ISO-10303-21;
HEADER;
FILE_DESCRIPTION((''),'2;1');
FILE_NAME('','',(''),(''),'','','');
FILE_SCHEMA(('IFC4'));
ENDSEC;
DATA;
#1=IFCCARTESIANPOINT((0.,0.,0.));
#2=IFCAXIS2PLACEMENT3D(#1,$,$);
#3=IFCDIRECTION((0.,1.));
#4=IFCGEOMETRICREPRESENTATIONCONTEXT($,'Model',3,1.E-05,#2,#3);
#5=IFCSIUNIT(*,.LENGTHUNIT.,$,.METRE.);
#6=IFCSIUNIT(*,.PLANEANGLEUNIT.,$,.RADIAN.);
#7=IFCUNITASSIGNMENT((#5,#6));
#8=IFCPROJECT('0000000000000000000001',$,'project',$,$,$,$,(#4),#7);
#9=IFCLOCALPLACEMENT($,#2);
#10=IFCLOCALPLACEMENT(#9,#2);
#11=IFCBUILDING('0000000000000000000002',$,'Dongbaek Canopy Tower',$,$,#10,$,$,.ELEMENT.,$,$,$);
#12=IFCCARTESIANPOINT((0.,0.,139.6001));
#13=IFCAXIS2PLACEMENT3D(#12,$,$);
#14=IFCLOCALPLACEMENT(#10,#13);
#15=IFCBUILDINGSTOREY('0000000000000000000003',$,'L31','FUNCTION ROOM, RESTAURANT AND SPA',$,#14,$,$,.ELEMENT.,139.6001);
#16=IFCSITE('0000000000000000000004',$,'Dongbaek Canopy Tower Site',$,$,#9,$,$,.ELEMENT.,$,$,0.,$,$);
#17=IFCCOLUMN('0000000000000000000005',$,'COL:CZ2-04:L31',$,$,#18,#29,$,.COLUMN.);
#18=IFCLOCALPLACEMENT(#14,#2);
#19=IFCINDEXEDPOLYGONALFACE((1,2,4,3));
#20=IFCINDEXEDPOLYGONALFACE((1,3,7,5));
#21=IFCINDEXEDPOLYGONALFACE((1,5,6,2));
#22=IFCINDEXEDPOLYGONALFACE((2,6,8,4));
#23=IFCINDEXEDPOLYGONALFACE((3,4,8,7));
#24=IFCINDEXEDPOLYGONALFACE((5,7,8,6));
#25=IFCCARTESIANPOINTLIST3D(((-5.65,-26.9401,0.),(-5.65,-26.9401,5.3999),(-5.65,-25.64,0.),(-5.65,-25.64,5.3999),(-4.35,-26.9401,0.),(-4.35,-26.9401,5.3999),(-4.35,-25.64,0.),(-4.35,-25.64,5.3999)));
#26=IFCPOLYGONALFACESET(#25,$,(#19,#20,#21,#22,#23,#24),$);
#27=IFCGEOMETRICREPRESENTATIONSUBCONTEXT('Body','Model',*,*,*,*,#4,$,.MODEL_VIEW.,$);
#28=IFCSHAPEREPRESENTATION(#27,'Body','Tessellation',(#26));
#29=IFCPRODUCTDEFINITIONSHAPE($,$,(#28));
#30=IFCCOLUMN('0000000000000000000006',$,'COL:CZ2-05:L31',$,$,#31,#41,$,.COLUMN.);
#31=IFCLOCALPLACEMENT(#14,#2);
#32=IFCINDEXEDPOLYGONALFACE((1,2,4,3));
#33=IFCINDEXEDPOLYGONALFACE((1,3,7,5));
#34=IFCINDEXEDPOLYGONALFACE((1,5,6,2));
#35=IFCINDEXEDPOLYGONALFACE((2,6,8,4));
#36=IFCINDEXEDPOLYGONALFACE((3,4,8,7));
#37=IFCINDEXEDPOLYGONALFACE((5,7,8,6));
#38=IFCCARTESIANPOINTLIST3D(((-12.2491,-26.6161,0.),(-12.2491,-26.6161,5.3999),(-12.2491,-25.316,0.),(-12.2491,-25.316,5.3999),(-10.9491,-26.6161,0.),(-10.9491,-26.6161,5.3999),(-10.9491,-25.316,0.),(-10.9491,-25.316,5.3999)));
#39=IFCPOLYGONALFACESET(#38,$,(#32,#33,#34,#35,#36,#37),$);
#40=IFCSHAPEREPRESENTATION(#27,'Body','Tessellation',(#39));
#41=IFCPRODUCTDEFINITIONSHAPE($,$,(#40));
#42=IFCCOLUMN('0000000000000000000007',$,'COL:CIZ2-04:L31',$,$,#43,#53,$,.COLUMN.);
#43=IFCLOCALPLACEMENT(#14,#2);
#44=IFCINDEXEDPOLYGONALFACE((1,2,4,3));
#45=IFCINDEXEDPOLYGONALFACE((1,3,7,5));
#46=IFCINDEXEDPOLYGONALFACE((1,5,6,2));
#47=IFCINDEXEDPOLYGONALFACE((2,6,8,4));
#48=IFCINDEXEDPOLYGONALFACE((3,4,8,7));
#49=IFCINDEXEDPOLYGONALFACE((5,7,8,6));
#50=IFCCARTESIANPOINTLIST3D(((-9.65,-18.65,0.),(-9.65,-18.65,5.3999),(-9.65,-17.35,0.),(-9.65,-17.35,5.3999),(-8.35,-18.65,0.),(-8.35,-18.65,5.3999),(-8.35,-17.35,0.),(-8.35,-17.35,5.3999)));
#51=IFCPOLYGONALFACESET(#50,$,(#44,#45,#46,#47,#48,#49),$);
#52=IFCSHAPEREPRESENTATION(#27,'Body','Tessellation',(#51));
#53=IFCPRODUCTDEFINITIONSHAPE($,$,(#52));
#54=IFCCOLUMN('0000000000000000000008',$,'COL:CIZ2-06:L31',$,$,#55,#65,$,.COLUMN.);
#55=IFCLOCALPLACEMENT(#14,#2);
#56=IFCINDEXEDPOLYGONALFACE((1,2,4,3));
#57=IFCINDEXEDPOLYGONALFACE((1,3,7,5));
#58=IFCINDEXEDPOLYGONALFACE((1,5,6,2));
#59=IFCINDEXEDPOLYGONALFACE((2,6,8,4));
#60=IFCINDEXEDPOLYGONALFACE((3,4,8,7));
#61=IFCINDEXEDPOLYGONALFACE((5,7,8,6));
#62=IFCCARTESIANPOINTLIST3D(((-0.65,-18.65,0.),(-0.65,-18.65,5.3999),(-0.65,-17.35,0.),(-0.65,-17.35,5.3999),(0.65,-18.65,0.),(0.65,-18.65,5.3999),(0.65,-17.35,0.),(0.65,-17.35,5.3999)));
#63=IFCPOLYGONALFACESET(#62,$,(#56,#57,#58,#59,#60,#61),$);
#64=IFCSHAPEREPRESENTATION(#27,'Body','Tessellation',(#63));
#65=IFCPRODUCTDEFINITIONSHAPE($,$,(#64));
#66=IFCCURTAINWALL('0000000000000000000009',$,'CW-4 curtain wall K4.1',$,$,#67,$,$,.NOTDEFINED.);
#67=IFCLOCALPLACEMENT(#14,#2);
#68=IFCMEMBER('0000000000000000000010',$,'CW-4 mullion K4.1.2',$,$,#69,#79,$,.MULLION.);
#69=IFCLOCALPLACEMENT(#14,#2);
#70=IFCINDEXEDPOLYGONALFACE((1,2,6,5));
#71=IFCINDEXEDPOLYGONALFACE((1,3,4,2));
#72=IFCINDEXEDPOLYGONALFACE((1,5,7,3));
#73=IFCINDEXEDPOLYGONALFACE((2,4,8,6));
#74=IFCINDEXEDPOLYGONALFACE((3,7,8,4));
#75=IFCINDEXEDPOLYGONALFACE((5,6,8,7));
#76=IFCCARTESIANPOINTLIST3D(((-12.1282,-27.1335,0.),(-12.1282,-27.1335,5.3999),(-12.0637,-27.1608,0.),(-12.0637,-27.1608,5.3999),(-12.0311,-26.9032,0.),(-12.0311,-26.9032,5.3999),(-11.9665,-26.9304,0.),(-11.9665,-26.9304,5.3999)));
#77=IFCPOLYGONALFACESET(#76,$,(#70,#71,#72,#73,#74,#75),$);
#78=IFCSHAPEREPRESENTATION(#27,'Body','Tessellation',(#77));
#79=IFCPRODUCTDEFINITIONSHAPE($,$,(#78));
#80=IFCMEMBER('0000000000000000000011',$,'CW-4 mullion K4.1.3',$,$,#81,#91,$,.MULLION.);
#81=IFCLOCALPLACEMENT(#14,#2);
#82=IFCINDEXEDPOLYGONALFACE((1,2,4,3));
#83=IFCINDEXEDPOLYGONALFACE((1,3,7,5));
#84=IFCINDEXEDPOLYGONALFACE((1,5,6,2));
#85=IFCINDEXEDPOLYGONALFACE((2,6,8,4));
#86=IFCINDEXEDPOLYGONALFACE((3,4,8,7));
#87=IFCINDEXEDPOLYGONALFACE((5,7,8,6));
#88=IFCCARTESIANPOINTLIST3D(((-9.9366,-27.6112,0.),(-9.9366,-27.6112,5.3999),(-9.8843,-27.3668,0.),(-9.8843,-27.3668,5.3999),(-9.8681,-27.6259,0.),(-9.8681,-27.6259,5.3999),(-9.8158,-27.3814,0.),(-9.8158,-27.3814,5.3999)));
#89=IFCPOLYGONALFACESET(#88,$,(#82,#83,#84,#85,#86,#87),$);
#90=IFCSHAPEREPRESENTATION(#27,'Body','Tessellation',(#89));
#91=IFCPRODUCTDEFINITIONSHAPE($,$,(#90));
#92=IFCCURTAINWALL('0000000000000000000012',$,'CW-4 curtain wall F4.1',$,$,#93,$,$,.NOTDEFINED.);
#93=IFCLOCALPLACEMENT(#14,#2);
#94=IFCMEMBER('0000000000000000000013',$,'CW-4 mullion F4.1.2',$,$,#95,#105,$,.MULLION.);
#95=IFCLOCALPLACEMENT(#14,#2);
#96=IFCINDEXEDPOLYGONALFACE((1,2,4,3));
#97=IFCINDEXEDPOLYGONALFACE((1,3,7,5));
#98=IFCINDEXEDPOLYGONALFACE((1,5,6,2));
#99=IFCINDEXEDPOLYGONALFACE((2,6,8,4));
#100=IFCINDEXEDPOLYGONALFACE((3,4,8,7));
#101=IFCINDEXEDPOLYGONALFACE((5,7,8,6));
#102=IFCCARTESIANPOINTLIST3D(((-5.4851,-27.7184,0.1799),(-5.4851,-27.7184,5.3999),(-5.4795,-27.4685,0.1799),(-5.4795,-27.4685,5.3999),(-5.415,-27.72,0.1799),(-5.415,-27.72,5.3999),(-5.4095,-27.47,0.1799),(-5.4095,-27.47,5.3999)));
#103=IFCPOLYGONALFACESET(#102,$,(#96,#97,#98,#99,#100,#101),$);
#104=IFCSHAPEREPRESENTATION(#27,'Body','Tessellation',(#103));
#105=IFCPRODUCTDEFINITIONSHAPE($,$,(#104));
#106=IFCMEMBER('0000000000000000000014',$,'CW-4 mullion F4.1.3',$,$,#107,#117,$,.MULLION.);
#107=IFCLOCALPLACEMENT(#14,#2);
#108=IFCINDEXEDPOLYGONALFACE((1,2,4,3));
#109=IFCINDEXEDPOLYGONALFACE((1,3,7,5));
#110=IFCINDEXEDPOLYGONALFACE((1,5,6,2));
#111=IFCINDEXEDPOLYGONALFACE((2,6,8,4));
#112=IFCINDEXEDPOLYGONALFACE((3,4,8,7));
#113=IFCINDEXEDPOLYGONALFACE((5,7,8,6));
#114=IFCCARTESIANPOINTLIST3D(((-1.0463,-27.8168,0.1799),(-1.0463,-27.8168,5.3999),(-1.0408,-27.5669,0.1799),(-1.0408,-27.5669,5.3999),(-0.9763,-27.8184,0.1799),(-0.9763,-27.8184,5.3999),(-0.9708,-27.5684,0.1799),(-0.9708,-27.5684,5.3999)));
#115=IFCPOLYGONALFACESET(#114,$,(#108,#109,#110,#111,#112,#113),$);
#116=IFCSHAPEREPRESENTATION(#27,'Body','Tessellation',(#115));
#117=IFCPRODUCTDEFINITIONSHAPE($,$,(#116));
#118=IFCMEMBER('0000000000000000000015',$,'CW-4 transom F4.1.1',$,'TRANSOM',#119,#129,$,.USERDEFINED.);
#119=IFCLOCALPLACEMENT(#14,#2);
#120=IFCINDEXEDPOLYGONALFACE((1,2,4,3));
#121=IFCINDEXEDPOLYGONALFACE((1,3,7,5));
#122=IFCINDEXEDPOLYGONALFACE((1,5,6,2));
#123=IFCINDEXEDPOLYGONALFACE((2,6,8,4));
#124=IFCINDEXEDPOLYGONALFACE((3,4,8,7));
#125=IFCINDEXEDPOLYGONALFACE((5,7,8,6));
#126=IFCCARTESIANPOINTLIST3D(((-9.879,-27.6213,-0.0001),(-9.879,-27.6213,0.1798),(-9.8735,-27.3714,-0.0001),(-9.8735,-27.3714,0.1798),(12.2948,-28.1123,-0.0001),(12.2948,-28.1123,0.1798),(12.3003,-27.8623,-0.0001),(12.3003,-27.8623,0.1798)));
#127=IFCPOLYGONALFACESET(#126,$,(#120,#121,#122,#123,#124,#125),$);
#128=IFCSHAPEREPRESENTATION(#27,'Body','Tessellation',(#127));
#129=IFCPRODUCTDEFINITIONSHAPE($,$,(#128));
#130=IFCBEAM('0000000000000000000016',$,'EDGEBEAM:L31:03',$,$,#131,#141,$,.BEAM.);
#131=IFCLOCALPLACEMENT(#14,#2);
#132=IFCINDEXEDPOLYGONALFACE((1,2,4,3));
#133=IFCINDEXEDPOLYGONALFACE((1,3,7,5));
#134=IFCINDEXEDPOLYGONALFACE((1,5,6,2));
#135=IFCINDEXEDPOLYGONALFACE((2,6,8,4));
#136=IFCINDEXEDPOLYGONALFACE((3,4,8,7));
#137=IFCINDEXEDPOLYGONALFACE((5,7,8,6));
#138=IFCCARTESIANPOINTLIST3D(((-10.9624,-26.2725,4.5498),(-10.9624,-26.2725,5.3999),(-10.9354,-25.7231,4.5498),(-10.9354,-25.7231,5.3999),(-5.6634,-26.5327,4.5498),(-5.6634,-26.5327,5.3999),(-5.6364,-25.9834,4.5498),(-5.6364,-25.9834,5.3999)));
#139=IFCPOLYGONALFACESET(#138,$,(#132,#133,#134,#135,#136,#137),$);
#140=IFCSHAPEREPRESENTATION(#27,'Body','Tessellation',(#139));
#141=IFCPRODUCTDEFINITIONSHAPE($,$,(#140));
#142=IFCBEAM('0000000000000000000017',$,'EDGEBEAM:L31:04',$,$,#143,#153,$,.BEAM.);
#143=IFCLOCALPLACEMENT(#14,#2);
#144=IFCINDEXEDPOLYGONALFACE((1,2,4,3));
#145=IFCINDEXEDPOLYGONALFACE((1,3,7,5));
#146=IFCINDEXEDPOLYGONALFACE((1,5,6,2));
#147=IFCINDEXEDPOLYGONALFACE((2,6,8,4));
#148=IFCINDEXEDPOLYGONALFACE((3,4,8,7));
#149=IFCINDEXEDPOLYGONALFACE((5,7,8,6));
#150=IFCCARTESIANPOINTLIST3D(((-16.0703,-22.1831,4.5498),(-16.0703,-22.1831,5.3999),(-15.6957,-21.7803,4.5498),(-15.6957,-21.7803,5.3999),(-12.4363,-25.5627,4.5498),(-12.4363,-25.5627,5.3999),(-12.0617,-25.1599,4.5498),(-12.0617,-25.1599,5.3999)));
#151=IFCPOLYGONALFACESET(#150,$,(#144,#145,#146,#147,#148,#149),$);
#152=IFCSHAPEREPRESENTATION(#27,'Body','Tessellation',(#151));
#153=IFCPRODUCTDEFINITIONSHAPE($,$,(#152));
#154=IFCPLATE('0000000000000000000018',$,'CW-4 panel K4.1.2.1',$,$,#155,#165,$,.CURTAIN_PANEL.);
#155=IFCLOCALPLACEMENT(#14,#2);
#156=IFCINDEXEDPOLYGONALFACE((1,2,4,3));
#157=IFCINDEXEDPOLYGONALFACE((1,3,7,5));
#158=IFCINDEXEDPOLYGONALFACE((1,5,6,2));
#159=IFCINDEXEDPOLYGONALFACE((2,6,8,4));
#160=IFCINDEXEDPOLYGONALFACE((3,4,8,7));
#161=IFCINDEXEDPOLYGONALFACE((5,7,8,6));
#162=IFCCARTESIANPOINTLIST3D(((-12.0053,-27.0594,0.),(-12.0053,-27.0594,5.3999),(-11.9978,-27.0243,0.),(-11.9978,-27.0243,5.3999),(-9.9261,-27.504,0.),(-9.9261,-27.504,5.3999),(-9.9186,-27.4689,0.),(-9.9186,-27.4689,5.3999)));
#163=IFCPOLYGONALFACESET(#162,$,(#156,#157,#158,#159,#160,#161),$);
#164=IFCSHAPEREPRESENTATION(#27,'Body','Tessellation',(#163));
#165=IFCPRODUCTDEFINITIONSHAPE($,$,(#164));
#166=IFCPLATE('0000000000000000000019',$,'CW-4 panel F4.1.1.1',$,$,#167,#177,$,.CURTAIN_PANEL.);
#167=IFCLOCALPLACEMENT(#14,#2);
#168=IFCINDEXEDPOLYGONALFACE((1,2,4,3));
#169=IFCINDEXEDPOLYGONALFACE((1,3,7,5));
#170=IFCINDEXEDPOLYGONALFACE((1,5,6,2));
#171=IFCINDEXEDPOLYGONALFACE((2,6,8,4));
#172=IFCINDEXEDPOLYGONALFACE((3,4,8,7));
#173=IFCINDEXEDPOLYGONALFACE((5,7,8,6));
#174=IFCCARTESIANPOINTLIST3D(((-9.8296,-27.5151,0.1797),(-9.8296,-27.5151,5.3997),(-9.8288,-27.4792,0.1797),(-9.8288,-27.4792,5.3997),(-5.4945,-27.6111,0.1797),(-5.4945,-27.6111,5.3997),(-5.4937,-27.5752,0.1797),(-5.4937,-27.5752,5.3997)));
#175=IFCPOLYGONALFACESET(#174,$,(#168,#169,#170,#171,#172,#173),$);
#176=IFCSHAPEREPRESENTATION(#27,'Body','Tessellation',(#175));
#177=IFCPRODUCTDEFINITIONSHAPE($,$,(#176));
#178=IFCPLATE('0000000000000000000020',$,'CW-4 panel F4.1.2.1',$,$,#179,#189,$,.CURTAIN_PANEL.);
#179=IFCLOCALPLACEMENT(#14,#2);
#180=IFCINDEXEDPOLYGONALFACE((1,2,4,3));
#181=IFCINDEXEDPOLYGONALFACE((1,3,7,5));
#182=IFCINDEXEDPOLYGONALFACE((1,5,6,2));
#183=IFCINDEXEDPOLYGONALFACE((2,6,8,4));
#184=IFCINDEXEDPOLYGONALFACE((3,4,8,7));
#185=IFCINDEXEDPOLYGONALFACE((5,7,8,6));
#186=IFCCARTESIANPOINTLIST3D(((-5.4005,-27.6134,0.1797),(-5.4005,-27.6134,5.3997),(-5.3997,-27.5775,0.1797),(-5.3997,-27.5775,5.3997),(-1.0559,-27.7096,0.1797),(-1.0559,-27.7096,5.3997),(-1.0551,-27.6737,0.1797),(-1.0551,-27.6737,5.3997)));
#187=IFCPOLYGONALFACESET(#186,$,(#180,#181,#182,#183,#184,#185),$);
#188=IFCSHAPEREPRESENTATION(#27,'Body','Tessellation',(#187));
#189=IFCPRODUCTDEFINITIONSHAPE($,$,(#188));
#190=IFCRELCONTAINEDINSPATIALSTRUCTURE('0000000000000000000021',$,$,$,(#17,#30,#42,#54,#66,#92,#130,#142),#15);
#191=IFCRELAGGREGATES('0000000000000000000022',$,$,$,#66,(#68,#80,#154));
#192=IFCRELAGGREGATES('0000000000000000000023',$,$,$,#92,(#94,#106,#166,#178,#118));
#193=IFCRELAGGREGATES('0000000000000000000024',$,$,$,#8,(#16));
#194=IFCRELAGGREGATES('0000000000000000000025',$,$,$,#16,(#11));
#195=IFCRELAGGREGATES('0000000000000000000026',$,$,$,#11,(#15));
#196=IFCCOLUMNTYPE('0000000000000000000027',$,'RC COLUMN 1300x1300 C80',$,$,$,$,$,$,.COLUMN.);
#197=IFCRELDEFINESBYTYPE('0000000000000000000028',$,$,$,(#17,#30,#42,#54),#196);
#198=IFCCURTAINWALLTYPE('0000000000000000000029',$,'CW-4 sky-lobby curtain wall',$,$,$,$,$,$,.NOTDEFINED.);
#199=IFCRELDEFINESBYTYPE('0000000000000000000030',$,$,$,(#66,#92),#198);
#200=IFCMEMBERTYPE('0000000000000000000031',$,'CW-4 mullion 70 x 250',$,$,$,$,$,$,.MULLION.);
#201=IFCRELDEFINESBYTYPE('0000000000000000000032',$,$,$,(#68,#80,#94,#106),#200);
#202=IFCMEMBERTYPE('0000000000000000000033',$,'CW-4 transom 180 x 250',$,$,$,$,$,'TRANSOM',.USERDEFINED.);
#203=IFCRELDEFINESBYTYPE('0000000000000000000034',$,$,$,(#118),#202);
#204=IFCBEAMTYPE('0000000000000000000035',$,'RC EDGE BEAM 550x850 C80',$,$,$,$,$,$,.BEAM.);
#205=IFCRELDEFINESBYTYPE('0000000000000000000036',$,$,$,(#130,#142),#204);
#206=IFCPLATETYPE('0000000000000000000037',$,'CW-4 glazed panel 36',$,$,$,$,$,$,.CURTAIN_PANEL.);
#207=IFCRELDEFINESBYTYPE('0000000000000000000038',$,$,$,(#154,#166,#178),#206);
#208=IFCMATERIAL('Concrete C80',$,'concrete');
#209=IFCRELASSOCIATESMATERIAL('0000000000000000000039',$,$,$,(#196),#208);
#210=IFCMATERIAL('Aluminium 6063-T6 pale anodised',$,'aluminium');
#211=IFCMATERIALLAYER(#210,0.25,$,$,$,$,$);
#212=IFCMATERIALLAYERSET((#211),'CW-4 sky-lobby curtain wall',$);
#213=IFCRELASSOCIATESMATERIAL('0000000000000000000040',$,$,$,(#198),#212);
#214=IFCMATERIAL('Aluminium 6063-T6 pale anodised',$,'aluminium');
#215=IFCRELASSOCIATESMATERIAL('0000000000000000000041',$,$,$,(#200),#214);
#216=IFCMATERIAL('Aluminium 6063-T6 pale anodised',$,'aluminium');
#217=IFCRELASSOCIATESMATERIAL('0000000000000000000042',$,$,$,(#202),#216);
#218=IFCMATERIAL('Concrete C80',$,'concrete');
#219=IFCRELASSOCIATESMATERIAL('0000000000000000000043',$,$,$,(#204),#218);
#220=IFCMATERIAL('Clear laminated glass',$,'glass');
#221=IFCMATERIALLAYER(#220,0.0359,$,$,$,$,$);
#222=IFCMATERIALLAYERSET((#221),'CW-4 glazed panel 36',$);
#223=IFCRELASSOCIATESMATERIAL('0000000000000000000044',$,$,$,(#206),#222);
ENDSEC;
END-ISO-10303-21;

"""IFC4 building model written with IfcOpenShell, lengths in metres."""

from ifc_helpers import new_model, si_unit, direction, frame, origin, origin_2d, place, context, subcontext, project, spatial, rectangle, extrude, material, layer, layer_set, material_profile, profile_set, type_object, element, aggregate, save


model = new_model("IFC4")

# Units and contexts
model_context = context("Model", 3, precision=1e-05, world=origin(), true_north=direction((0.0, 1.0)))
body_context = subcontext(model_context, "Body", "Model", "MODEL_VIEW")
ifc_project = project(units=[si_unit("LENGTHUNIT", "METRE"), si_unit("PLANEANGLEUNIT", "RADIAN")], contexts=[model_context])

# Site, building, storey
site_placement = place(None, origin())
site = spatial("IfcSite", under=ifc_project, at=site_placement, Name="Dongbaek Canopy Tower Site", CompositionType="ELEMENT", RefElevation=0.0)
building_placement = place(site_placement, origin())
building = spatial("IfcBuilding", under=site, at=building_placement, Name="Dongbaek Canopy Tower", CompositionType="ELEMENT")
storey_placement = place(building_placement, frame((0.0, 0.0, 139.6001)))
storey = spatial("IfcBuildingStorey", under=building, at=storey_placement, Name="L31", Description="FUNCTION ROOM, RESTAURANT AND SPA", CompositionType="ELEMENT", Elevation=139.6001)

# Columns
ifc_material_1 = material(Name="Concrete C80", Category="concrete")
ifc_material_profile_1 = material_profile(ifc_material_1, rectangle(XDim=1.3, YDim=1.3, at=origin_2d()), Name="RC COLUMN 1300x1300 C80")
ifc_profile_set_1 = profile_set([ifc_material_profile_1], Name="Concrete C80")
column_type = type_object("IfcColumnType", Name="RC COLUMN 1300x1300 C80", PredefinedType="COLUMN", material=ifc_profile_set_1)
for number, where, z_axis, x_axis, name in (
    (1, (-5.0, -26.29, 0.0), (0.0, 0.0, 1.0), (1.0, 0.0, 0.0), "COL:CZ2-04:L31"),
    (2, (-11.5991, -25.9661, 0.0), (0.0, 0.0, 1.0), (1.0, 0.0, 0.0), "COL:CZ2-05:L31"),
    (3, (-9.0, -18.0, 0.0), (0.0, 0.0, 1.0), (1.0, 0.0, 0.0), "COL:CIZ2-04:L31"),
    (4, (0.0, -18.0, 0.0), (0.0, 0.0, 1.0), (1.0, 0.0, 0.0), "COL:CIZ2-06:L31"),
):
    element("IfcColumn", number, at=place(storey_placement, frame(where, z_axis=z_axis, x_axis=x_axis)), inside=storey, type_object=column_type, Name=name, PredefinedType="COLUMN", context=body_context, shape_type="SweptSolid", body=[
        extrude(rectangle(XDim=1.3, YDim=1.3, at=origin_2d()), origin(), (0.0, 0.0, 1.0), 5.3999),
    ])

# Curtain walls, members
ifc_material_2 = material(Name="Aluminium 6063-T6 pale anodised", Category="aluminium")
ifc_layer_1 = layer(ifc_material_2, 0.25)
ifc_layer_set_1 = layer_set([ifc_layer_1], Name="CW-4 sky-lobby curtain wall")
curtain_wall_type = type_object("IfcCurtainWallType", Name="CW-4 sky-lobby curtain wall", PredefinedType="NOTDEFINED", material=ifc_layer_set_1)
curtain_wall_1_placement = place(storey_placement, origin())
curtain_wall_1 = element("IfcCurtainWall", 5, at=curtain_wall_1_placement, inside=storey, type_object=curtain_wall_type, Name="CW-4 curtain wall K4.1", PredefinedType="NOTDEFINED")
ifc_material_3 = material(Name="Aluminium 6063-T6 pale anodised", Category="aluminium")
ifc_material_profile_2 = material_profile(ifc_material_3, rectangle(XDim=0.25, YDim=0.0701, at=origin_2d()), Name="CW-4 mullion 70 x 250")
ifc_profile_set_2 = profile_set([ifc_material_profile_2], Name="Aluminium 6063-T6 pale anodised")
member_type_1 = type_object("IfcMemberType", Name="CW-4 mullion 70 x 250", PredefinedType="MULLION", material=ifc_profile_set_2)
member_1_placement = place(storey_placement, frame((-12.0474, -27.032, 0.0), z_axis=(0.0, 0.0, 1.0), x_axis=(-0.388641, -0.921389, 0.0)))
member_1 = element("IfcMember", 6, at=member_1_placement, type_object=member_type_1, Name="CW-4 mullion K4.1.2", PredefinedType="MULLION", context=body_context, shape_type="SweptSolid", body=[
    extrude(rectangle(XDim=0.25, YDim=0.0701, at=origin_2d()), origin(), (0.0, 0.0, 1.0), 5.3999),
])
member_2_placement = place(storey_placement, frame((-9.8762, -27.4963, 0.0), z_axis=(0.0, 0.0, 1.0), x_axis=(-0.209096, -0.977895, 0.0)))
member_2 = element("IfcMember", 7, at=member_2_placement, type_object=member_type_1, Name="CW-4 mullion K4.1.3", PredefinedType="MULLION", context=body_context, shape_type="SweptSolid", body=[
    extrude(rectangle(XDim=0.25, YDim=0.0701, at=origin_2d()), origin(), (0.0, 0.0, 1.0), 5.3999),
])
curtain_wall_2_placement = place(storey_placement, origin())
curtain_wall_2 = element("IfcCurtainWall", 8, at=curtain_wall_2_placement, inside=storey, type_object=curtain_wall_type, Name="CW-4 curtain wall F4.1", PredefinedType="NOTDEFINED")
member_3_placement = place(storey_placement, frame((-5.4473, -27.5942, 0.1799), z_axis=(0.0, 0.0, 1.0), x_axis=(-0.022142, -0.999755, 0.0)))
member_3 = element("IfcMember", 9, at=member_3_placement, type_object=member_type_1, Name="CW-4 mullion F4.1.2", PredefinedType="MULLION", context=body_context, shape_type="SweptSolid", body=[
    extrude(rectangle(XDim=0.25, YDim=0.0701, at=origin_2d()), origin(), (0.0, 0.0, 1.0), 5.22),
])
member_4_placement = place(storey_placement, frame((-1.0085, -27.6926, 0.1799), z_axis=(0.0, 0.0, 1.0), x_axis=(-0.022142, -0.999755, 0.0)))
member_4 = element("IfcMember", 10, at=member_4_placement, type_object=member_type_1, Name="CW-4 mullion F4.1.3", PredefinedType="MULLION", context=body_context, shape_type="SweptSolid", body=[
    extrude(rectangle(XDim=0.25, YDim=0.0701, at=origin_2d()), origin(), (0.0, 0.0, 1.0), 5.22),
])
ifc_material_4 = material(Name="Aluminium 6063-T6 pale anodised", Category="aluminium")
ifc_material_profile_3 = material_profile(ifc_material_4, rectangle(XDim=0.25, YDim=0.1799, at=origin_2d()), Name="CW-4 transom 180 x 250")
ifc_profile_set_3 = profile_set([ifc_material_profile_3], Name="Aluminium 6063-T6 pale anodised")
member_type_2 = type_object("IfcMemberType", Name="CW-4 transom 180 x 250", ElementType="TRANSOM", PredefinedType="USERDEFINED", material=ifc_profile_set_3)
member_5_placement = place(storey_placement, frame((-9.8762, -27.4963, 0.0898), z_axis=(0.999755, -0.022136, 0.0), x_axis=(0.022136, 0.999755, 0.0)))
member_5 = element("IfcMember", 11, at=member_5_placement, type_object=member_type_2, Name="CW-4 transom F4.1.1", ObjectType="TRANSOM", PredefinedType="USERDEFINED", context=body_context, shape_type="SweptSolid", body=[
    extrude(rectangle(XDim=0.25, YDim=0.1799, at=origin_2d()), origin(), (0.0, 0.0, 1.0), 22.1792),
])

# Beams
ifc_material_5 = material(Name="Concrete C80", Category="concrete")
ifc_material_profile_4 = material_profile(ifc_material_5, rectangle(XDim=0.55, YDim=0.8501, at=origin_2d()), Name="RC EDGE BEAM 550x850 C80")
ifc_profile_set_4 = profile_set([ifc_material_profile_4], Name="Concrete C80")
beam_type = type_object("IfcBeamType", Name="RC EDGE BEAM 550x850 C80", PredefinedType="BEAM", material=ifc_profile_set_4)
beam_1_placement = place(storey_placement, frame((-5.6499, -26.2581, 4.9749), z_axis=(-0.998796, 0.049054, 0.0), x_axis=(-0.049054, -0.998796, 0.0)))
element("IfcBeam", 12, at=beam_1_placement, inside=storey, type_object=beam_type, Name="EDGEBEAM:L31:03", PredefinedType="BEAM", context=body_context, shape_type="SweptSolid", body=[
    extrude(rectangle(XDim=0.55, YDim=0.8501, at=origin_2d()), origin(), (0.0, 0.0, 1.0), 5.3054),
])
beam_2_placement = place(storey_placement, frame((-12.249, -25.3613, 4.9749), z_axis=(-0.732273, 0.681011, 0.0), x_axis=(-0.681011, -0.732273, 0.0)))
element("IfcBeam", 13, at=beam_2_placement, inside=storey, type_object=beam_type, Name="EDGEBEAM:L31:04", PredefinedType="BEAM", context=body_context, shape_type="SweptSolid", body=[
    extrude(rectangle(XDim=0.55, YDim=0.8501, at=origin_2d()), origin(), (0.0, 0.0, 1.0), 4.9626),
])

# Plates
ifc_material_6 = material(Name="Clear laminated glass", Category="glass")
ifc_layer_2 = layer(ifc_material_6, 0.0359)
ifc_layer_set_2 = layer_set([ifc_layer_2], Name="CW-4 glazed panel 36")
plate_type = type_object("IfcPlateType", Name="CW-4 glazed panel 36", PredefinedType="CURTAIN_PANEL", material=ifc_layer_set_2)
plate_1_placement = place(storey_placement, frame((-10.9619, -27.2642, 0.0), z_axis=(0.0, 0.0, 1.0), x_axis=(0.977895, -0.209096, 0.0)))
plate_1 = element("IfcPlate", 14, at=plate_1_placement, type_object=plate_type, Name="CW-4 panel K4.1.2.1", PredefinedType="CURTAIN_PANEL", context=body_context, shape_type="SweptSolid", body=[
    extrude(rectangle(XDim=2.1262, YDim=0.0359, at=origin_2d()), origin(), (0.0, 0.0, 1.0), 5.3999),
])
aggregate(curtain_wall_1, [member_1, member_2, plate_1])
plate_2_placement = place(storey_placement, frame((-7.6616, -27.5452, 0.1797), z_axis=(0.0, 0.0, 1.0), x_axis=(0.999755, -0.022142, 0.0)))
plate_2 = element("IfcPlate", 15, at=plate_2_placement, type_object=plate_type, Name="CW-4 panel F4.1.1.1", PredefinedType="CURTAIN_PANEL", context=body_context, shape_type="SweptSolid", body=[
    extrude(rectangle(XDim=4.3362, YDim=0.0359, at=origin_2d()), origin(), (0.0, 0.0, 1.0), 5.22),
])
plate_3_placement = place(storey_placement, frame((-3.2278, -27.6436, 0.1797), z_axis=(0.0, 0.0, 1.0), x_axis=(0.999755, -0.022142, 0.0)))
plate_3 = element("IfcPlate", 16, at=plate_3_placement, type_object=plate_type, Name="CW-4 panel F4.1.2.1", PredefinedType="CURTAIN_PANEL", context=body_context, shape_type="SweptSolid", body=[
    extrude(rectangle(XDim=4.3457, YDim=0.0359, at=origin_2d()), origin(), (0.0, 0.0, 1.0), 5.22),
])
aggregate(curtain_wall_2, [member_3, member_4, plate_2, plate_3, member_5])

save(model, "model.ifc")
